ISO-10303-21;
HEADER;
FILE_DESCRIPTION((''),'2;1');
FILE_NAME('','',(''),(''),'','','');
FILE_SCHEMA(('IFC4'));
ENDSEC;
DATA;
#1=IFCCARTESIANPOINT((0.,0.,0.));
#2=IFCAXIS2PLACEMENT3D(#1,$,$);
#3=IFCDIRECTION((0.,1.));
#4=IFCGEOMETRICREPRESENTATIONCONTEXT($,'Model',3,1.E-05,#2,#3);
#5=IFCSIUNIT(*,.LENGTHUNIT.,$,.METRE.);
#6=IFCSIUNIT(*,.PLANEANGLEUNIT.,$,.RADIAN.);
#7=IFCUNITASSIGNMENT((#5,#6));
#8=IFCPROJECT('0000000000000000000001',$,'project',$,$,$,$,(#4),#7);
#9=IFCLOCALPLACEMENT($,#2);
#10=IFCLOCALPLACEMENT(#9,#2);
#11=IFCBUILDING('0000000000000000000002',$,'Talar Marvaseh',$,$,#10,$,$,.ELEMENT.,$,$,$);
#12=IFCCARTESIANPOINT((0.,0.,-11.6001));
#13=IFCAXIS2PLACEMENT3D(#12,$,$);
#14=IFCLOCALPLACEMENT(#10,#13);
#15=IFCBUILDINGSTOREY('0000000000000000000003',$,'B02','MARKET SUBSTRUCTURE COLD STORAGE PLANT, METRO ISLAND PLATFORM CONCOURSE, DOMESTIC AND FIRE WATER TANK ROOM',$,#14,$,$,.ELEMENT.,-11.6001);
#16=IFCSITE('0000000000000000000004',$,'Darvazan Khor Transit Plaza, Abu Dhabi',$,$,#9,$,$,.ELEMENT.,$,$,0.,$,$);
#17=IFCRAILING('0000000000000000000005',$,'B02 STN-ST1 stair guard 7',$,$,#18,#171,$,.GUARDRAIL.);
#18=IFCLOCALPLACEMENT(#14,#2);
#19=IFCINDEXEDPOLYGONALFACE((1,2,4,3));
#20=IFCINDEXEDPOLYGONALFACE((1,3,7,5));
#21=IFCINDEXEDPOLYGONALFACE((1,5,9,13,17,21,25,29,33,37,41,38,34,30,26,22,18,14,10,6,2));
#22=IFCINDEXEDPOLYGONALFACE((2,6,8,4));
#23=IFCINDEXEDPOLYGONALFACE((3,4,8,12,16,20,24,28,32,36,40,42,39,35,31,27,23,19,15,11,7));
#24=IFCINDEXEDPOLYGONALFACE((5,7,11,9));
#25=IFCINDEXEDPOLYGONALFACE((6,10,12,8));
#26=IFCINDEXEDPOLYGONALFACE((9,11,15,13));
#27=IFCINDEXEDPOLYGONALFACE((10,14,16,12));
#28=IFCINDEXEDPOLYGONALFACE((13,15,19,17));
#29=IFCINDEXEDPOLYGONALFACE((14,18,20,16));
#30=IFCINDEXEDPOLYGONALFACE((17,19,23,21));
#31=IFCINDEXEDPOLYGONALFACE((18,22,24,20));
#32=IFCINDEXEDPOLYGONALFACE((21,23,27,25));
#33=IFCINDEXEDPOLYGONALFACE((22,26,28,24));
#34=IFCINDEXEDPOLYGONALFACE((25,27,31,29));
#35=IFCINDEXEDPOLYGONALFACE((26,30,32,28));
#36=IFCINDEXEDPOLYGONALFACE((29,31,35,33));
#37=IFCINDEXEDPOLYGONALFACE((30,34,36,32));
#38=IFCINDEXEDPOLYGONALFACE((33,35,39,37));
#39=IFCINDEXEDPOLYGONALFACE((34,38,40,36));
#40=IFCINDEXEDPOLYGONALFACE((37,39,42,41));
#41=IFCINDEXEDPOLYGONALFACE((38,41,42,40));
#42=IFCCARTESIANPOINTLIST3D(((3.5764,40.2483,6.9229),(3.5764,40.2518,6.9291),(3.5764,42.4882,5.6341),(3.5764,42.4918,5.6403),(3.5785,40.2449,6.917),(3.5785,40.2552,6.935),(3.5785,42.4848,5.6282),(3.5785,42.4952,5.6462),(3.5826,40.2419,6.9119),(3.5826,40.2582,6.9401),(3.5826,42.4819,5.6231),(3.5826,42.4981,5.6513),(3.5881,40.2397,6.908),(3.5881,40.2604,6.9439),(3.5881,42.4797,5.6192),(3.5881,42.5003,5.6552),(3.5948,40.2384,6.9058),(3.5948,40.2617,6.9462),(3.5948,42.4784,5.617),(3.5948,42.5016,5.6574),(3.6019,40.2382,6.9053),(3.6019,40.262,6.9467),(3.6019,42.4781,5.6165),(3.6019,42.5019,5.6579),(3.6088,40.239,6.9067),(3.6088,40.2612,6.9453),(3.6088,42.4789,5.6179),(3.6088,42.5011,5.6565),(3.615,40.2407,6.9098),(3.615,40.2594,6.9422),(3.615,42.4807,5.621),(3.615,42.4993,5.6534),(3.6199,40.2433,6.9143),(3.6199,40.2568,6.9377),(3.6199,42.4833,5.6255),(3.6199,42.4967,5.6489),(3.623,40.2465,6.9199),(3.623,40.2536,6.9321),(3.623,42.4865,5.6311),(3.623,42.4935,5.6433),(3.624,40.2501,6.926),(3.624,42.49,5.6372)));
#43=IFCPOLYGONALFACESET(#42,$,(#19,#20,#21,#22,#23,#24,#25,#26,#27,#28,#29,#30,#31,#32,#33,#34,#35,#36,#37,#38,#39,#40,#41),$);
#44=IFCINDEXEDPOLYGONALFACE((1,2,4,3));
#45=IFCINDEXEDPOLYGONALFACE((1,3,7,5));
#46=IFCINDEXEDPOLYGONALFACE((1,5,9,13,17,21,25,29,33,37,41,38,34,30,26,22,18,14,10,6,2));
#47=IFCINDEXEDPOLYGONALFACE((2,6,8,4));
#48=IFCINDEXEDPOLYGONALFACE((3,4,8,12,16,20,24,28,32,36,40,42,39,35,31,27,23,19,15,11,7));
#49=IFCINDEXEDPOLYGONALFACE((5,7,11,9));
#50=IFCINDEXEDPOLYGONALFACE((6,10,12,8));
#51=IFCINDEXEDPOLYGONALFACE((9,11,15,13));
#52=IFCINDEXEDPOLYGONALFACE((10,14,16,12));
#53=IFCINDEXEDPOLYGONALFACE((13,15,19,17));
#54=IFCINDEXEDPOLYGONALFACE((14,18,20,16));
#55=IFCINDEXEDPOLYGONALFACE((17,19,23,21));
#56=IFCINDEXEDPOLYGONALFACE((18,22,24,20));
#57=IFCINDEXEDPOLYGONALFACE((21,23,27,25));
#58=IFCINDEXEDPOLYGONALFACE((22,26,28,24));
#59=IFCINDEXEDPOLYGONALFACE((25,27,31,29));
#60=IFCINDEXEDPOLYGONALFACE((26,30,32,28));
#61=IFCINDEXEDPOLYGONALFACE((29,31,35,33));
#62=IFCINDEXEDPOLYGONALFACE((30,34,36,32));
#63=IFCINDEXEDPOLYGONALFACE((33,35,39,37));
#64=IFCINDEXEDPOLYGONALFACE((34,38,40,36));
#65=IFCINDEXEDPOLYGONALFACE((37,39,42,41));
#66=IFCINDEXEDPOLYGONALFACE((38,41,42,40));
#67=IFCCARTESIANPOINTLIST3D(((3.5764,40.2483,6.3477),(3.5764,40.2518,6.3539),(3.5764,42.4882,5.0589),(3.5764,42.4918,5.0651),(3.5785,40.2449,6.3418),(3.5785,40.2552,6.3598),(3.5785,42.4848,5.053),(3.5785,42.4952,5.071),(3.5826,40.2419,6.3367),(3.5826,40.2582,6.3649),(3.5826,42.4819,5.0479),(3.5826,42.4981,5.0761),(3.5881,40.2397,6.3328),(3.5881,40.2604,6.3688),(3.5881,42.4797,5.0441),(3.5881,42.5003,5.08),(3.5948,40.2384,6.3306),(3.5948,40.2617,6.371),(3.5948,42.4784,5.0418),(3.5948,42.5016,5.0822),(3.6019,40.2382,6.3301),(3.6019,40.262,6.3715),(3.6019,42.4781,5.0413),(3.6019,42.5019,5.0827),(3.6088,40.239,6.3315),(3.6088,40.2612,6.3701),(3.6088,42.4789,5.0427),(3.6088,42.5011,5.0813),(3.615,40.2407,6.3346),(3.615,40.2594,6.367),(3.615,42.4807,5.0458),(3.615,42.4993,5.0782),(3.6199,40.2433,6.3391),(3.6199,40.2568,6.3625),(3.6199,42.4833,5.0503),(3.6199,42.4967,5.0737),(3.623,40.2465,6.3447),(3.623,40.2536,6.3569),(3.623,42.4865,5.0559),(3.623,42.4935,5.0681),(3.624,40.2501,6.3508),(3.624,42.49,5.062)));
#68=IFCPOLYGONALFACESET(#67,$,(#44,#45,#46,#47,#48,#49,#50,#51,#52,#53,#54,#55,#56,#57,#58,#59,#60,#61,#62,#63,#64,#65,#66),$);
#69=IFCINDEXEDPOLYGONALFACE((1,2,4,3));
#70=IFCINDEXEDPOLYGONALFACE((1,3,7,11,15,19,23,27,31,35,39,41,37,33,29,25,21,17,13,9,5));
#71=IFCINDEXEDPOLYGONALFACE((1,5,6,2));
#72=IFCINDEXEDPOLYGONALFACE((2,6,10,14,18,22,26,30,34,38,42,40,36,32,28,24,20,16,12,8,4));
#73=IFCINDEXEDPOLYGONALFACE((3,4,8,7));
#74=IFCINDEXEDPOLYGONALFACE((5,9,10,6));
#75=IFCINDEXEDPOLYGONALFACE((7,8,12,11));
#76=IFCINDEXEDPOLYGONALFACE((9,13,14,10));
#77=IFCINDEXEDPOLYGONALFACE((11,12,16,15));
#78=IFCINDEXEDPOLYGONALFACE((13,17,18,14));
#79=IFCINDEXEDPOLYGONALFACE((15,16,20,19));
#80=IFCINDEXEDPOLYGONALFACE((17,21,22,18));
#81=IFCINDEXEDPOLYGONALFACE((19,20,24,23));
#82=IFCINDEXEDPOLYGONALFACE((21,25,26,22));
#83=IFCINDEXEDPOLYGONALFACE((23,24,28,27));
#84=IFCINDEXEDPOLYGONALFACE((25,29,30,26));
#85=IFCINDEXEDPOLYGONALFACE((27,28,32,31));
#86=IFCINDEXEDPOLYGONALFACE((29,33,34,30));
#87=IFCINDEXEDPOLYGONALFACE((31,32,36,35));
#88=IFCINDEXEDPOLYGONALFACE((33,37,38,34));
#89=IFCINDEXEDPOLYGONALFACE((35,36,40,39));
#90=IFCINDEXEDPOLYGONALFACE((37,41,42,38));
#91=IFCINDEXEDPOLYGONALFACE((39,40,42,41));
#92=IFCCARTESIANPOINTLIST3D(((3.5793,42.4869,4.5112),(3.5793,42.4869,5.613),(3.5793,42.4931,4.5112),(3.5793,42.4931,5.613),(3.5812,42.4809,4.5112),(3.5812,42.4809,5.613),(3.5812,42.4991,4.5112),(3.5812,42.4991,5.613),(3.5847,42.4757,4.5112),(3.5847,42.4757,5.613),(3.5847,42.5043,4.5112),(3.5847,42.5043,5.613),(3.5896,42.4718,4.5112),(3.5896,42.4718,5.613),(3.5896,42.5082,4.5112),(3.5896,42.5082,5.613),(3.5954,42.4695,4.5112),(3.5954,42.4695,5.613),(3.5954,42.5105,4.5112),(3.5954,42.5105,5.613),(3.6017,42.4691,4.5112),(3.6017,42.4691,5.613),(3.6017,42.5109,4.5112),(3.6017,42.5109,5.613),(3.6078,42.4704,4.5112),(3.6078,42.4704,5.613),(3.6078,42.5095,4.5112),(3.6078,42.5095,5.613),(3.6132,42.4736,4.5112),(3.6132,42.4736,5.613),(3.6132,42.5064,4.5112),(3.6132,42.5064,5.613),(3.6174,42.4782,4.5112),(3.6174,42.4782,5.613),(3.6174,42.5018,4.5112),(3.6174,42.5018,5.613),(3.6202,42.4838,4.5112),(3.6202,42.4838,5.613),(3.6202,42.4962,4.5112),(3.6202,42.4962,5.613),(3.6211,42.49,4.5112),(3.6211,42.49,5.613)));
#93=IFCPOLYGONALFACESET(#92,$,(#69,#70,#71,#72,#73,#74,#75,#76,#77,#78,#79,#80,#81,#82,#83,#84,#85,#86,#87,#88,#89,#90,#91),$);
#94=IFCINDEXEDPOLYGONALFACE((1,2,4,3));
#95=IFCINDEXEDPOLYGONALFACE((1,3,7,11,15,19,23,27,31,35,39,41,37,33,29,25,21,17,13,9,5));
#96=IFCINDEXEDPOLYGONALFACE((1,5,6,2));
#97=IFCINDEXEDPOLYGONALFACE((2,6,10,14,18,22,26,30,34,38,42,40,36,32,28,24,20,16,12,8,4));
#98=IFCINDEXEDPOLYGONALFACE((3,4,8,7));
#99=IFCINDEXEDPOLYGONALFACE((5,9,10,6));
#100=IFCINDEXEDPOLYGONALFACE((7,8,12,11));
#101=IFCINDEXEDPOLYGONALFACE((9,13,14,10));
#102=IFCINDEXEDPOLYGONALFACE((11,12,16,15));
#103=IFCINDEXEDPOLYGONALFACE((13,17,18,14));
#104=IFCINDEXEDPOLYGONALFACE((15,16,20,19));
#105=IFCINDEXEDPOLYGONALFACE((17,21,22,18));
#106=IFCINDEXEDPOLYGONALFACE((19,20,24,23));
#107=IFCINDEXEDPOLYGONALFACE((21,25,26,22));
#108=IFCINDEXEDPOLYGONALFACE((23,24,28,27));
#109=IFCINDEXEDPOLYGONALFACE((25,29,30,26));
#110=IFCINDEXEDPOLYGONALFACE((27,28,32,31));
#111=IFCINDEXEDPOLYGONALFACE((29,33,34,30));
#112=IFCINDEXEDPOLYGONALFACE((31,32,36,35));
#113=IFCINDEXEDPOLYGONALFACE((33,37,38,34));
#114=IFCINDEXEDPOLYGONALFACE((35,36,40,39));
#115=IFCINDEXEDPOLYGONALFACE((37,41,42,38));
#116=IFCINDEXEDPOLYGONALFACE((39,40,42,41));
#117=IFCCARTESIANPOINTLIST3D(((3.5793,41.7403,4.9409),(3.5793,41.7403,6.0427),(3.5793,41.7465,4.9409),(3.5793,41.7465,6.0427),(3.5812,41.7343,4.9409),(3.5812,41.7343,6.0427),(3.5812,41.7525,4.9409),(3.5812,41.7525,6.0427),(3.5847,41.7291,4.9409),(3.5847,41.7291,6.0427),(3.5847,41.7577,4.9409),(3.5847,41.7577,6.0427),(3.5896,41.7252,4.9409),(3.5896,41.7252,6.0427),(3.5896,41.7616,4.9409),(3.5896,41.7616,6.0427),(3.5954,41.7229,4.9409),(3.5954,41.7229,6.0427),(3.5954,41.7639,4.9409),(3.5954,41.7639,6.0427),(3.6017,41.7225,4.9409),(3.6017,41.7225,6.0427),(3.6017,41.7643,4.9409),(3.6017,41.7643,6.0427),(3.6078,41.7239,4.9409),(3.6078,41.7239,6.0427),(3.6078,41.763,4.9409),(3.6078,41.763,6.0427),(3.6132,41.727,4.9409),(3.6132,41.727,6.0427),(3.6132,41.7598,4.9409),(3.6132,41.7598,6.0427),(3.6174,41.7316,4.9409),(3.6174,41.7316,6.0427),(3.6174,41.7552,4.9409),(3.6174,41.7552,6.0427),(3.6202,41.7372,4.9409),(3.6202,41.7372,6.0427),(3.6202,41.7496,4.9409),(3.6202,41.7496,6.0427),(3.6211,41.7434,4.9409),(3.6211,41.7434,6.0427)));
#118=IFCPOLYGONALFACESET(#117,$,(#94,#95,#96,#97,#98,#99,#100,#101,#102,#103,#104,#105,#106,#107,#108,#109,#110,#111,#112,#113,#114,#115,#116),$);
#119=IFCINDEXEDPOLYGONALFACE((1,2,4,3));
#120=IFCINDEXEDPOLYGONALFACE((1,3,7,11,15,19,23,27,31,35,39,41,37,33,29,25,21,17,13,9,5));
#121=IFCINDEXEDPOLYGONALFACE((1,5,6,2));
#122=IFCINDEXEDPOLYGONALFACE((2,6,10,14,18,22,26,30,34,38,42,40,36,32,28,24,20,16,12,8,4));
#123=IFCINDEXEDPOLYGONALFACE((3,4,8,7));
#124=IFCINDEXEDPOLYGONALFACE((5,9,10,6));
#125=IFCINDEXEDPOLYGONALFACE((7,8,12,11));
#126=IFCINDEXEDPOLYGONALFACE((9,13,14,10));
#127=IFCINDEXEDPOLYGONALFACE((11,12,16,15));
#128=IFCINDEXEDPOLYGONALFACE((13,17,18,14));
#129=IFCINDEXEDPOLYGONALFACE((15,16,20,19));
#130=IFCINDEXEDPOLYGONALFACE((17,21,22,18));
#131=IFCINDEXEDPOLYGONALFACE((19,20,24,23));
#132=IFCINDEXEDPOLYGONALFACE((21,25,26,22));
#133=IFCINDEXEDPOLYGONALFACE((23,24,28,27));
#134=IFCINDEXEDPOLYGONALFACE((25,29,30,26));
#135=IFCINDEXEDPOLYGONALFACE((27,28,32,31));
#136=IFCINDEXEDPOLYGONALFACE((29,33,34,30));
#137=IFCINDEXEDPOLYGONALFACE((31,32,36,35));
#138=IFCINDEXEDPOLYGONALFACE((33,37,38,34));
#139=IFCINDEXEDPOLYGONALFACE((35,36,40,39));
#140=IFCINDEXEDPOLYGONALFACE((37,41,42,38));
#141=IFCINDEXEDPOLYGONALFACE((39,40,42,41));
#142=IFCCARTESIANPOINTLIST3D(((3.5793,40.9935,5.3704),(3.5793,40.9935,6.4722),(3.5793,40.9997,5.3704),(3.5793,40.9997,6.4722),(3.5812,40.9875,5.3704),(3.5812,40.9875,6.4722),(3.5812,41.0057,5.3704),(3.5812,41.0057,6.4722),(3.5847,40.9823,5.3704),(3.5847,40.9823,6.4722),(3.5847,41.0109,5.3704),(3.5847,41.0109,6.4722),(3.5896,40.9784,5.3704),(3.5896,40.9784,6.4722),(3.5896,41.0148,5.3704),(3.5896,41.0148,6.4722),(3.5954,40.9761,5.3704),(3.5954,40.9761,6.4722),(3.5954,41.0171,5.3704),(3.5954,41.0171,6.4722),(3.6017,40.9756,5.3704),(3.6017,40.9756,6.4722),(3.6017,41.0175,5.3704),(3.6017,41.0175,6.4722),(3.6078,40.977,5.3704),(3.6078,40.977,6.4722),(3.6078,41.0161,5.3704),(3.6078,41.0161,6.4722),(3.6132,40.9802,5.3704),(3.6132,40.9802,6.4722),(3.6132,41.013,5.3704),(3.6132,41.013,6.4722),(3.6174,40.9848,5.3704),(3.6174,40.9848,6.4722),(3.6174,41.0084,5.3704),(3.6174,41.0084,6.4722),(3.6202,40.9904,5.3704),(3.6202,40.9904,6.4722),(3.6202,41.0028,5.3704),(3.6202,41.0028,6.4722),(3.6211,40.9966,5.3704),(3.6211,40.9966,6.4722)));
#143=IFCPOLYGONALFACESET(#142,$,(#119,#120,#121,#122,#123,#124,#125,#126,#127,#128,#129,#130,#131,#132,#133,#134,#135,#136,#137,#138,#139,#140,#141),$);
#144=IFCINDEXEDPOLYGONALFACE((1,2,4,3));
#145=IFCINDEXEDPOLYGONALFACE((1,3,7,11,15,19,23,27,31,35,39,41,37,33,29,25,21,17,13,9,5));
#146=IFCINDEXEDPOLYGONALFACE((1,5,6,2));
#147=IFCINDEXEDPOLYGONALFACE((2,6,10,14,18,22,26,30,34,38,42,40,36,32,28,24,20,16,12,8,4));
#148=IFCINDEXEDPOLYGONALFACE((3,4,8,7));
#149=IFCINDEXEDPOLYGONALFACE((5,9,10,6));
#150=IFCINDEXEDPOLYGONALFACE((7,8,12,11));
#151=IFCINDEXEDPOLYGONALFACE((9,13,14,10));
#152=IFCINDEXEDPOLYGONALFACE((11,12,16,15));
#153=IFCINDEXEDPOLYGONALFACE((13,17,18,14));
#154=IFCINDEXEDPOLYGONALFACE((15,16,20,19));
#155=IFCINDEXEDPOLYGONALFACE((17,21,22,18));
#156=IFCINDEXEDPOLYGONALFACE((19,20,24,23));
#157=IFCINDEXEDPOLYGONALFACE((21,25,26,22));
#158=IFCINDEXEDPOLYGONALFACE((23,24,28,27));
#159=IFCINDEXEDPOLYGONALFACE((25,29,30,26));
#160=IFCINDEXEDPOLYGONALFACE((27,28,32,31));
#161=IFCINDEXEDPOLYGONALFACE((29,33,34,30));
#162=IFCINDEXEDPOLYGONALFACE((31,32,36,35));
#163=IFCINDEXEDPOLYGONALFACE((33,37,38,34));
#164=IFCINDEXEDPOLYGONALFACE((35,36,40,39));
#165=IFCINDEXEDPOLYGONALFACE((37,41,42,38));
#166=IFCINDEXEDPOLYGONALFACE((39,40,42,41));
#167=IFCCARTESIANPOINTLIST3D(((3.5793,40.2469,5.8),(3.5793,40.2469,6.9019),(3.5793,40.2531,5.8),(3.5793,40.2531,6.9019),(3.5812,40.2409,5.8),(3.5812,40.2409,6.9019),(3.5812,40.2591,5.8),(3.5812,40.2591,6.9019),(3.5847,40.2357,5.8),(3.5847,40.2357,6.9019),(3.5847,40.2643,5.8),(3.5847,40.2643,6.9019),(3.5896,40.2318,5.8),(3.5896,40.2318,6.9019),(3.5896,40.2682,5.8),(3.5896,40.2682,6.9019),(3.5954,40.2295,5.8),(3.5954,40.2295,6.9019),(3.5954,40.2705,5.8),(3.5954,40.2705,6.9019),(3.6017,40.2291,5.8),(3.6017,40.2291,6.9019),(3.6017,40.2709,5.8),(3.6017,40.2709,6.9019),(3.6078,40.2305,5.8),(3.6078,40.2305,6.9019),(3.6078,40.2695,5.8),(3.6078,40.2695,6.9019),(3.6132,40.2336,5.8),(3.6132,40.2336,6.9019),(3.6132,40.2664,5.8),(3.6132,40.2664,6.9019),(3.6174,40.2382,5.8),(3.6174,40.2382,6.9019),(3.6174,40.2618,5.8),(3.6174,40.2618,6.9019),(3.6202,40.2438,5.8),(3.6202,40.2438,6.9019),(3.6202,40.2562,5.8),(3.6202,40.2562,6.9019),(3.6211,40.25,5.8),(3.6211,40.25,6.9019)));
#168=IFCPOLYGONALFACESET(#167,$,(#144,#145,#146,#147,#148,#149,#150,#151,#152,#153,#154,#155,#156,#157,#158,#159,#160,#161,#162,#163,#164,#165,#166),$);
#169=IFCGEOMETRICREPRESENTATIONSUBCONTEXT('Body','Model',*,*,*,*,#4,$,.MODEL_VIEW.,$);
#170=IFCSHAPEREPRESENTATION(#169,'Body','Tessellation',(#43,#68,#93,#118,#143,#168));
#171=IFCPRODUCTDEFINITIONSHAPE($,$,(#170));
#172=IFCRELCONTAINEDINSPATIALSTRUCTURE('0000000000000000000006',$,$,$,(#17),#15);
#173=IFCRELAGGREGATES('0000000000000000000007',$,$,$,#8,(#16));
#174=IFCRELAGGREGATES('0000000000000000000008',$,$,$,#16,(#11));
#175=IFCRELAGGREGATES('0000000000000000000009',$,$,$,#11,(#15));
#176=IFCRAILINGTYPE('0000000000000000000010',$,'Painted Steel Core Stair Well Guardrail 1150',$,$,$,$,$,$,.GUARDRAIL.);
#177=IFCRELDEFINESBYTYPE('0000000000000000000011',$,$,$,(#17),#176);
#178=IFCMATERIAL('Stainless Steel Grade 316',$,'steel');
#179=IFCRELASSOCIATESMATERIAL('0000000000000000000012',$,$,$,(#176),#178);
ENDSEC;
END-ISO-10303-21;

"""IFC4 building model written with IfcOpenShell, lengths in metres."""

from ifc_helpers import new_model, si_unit, direction, frame, origin, origin_2d, place, context, subcontext, project, spatial, circle, extrude, material, type_object, element, save


model = new_model("IFC4")

# Units and contexts
model_context = context("Model", 3, precision=1e-05, world=origin(), true_north=direction((0.0, 1.0)))
body_context = subcontext(model_context, "Body", "Model", "MODEL_VIEW")
ifc_project = project(units=[si_unit("LENGTHUNIT", "METRE"), si_unit("PLANEANGLEUNIT", "RADIAN")], contexts=[model_context])

# Site, building, storey
site_placement = place(None, origin())
site = spatial("IfcSite", under=ifc_project, at=site_placement, Name="Darvazan Khor Transit Plaza, Abu Dhabi", CompositionType="ELEMENT", RefElevation=0.0)
building_placement = place(site_placement, origin())
building = spatial("IfcBuilding", under=site, at=building_placement, Name="Talar Marvaseh", CompositionType="ELEMENT")
storey_placement = place(building_placement, frame((0.0, 0.0, -11.6001)))
storey = spatial("IfcBuildingStorey", under=building, at=storey_placement, Name="B02", Description="MARKET SUBSTRUCTURE COLD STORAGE PLANT, METRO ISLAND PLATFORM CONCOURSE, DOMESTIC AND FIRE WATER TANK ROOM", CompositionType="ELEMENT", Elevation=-11.6001)

# Railing
ifc_material_1 = material(Name="Stainless Steel Grade 316", Category="steel")
railing_type_1 = type_object("IfcRailingType", Name="Painted Steel Core Stair Well Guardrail 1150", PredefinedType="GUARDRAIL", material=ifc_material_1)
railing_1_placement = place(storey_placement, frame((3.6001, 42.49, 4.5112)))
element("IfcRailing", 1, at=railing_1_placement, inside=storey, type_object=railing_type_1, Name="B02 STN-ST1 stair guard 7", PredefinedType="GUARDRAIL", context=body_context, shape_type="SweptSolid", body=[
    extrude(circle(Radius=0.0239, at=origin_2d()), frame((0.0, 0.0, 1.126), z_axis=(0.0, -0.866768, 0.498711), x_axis=(1.0, 0.0, 0.0)), (0.0, 0.0, 1.0), 2.5842),
    extrude(circle(Radius=0.0239, at=origin_2d()), frame((0.0, 0.0, 0.5508), z_axis=(0.0, -0.866768, 0.498711), x_axis=(1.0, 0.0, 0.0)), (0.0, 0.0, 1.0), 2.5842),
    extrude(circle(Radius=0.021, at=origin_2d()), origin(), (0.0, 0.0, 1.0), 1.1018),
    extrude(circle(Radius=0.021, at=origin_2d()), frame((0.0, -0.7466, 0.4297)), (0.0, 0.0, 1.0), 1.1018),
    extrude(circle(Radius=0.021, at=origin_2d()), frame((0.0, -1.4934, 0.8591)), (0.0, 0.0, 1.0), 1.1018),
    extrude(circle(Radius=0.021, at=origin_2d()), frame((0.0, -2.24, 1.2888)), (0.0, 0.0, 1.0), 1.1018),
])

save(model, "model.ifc")
